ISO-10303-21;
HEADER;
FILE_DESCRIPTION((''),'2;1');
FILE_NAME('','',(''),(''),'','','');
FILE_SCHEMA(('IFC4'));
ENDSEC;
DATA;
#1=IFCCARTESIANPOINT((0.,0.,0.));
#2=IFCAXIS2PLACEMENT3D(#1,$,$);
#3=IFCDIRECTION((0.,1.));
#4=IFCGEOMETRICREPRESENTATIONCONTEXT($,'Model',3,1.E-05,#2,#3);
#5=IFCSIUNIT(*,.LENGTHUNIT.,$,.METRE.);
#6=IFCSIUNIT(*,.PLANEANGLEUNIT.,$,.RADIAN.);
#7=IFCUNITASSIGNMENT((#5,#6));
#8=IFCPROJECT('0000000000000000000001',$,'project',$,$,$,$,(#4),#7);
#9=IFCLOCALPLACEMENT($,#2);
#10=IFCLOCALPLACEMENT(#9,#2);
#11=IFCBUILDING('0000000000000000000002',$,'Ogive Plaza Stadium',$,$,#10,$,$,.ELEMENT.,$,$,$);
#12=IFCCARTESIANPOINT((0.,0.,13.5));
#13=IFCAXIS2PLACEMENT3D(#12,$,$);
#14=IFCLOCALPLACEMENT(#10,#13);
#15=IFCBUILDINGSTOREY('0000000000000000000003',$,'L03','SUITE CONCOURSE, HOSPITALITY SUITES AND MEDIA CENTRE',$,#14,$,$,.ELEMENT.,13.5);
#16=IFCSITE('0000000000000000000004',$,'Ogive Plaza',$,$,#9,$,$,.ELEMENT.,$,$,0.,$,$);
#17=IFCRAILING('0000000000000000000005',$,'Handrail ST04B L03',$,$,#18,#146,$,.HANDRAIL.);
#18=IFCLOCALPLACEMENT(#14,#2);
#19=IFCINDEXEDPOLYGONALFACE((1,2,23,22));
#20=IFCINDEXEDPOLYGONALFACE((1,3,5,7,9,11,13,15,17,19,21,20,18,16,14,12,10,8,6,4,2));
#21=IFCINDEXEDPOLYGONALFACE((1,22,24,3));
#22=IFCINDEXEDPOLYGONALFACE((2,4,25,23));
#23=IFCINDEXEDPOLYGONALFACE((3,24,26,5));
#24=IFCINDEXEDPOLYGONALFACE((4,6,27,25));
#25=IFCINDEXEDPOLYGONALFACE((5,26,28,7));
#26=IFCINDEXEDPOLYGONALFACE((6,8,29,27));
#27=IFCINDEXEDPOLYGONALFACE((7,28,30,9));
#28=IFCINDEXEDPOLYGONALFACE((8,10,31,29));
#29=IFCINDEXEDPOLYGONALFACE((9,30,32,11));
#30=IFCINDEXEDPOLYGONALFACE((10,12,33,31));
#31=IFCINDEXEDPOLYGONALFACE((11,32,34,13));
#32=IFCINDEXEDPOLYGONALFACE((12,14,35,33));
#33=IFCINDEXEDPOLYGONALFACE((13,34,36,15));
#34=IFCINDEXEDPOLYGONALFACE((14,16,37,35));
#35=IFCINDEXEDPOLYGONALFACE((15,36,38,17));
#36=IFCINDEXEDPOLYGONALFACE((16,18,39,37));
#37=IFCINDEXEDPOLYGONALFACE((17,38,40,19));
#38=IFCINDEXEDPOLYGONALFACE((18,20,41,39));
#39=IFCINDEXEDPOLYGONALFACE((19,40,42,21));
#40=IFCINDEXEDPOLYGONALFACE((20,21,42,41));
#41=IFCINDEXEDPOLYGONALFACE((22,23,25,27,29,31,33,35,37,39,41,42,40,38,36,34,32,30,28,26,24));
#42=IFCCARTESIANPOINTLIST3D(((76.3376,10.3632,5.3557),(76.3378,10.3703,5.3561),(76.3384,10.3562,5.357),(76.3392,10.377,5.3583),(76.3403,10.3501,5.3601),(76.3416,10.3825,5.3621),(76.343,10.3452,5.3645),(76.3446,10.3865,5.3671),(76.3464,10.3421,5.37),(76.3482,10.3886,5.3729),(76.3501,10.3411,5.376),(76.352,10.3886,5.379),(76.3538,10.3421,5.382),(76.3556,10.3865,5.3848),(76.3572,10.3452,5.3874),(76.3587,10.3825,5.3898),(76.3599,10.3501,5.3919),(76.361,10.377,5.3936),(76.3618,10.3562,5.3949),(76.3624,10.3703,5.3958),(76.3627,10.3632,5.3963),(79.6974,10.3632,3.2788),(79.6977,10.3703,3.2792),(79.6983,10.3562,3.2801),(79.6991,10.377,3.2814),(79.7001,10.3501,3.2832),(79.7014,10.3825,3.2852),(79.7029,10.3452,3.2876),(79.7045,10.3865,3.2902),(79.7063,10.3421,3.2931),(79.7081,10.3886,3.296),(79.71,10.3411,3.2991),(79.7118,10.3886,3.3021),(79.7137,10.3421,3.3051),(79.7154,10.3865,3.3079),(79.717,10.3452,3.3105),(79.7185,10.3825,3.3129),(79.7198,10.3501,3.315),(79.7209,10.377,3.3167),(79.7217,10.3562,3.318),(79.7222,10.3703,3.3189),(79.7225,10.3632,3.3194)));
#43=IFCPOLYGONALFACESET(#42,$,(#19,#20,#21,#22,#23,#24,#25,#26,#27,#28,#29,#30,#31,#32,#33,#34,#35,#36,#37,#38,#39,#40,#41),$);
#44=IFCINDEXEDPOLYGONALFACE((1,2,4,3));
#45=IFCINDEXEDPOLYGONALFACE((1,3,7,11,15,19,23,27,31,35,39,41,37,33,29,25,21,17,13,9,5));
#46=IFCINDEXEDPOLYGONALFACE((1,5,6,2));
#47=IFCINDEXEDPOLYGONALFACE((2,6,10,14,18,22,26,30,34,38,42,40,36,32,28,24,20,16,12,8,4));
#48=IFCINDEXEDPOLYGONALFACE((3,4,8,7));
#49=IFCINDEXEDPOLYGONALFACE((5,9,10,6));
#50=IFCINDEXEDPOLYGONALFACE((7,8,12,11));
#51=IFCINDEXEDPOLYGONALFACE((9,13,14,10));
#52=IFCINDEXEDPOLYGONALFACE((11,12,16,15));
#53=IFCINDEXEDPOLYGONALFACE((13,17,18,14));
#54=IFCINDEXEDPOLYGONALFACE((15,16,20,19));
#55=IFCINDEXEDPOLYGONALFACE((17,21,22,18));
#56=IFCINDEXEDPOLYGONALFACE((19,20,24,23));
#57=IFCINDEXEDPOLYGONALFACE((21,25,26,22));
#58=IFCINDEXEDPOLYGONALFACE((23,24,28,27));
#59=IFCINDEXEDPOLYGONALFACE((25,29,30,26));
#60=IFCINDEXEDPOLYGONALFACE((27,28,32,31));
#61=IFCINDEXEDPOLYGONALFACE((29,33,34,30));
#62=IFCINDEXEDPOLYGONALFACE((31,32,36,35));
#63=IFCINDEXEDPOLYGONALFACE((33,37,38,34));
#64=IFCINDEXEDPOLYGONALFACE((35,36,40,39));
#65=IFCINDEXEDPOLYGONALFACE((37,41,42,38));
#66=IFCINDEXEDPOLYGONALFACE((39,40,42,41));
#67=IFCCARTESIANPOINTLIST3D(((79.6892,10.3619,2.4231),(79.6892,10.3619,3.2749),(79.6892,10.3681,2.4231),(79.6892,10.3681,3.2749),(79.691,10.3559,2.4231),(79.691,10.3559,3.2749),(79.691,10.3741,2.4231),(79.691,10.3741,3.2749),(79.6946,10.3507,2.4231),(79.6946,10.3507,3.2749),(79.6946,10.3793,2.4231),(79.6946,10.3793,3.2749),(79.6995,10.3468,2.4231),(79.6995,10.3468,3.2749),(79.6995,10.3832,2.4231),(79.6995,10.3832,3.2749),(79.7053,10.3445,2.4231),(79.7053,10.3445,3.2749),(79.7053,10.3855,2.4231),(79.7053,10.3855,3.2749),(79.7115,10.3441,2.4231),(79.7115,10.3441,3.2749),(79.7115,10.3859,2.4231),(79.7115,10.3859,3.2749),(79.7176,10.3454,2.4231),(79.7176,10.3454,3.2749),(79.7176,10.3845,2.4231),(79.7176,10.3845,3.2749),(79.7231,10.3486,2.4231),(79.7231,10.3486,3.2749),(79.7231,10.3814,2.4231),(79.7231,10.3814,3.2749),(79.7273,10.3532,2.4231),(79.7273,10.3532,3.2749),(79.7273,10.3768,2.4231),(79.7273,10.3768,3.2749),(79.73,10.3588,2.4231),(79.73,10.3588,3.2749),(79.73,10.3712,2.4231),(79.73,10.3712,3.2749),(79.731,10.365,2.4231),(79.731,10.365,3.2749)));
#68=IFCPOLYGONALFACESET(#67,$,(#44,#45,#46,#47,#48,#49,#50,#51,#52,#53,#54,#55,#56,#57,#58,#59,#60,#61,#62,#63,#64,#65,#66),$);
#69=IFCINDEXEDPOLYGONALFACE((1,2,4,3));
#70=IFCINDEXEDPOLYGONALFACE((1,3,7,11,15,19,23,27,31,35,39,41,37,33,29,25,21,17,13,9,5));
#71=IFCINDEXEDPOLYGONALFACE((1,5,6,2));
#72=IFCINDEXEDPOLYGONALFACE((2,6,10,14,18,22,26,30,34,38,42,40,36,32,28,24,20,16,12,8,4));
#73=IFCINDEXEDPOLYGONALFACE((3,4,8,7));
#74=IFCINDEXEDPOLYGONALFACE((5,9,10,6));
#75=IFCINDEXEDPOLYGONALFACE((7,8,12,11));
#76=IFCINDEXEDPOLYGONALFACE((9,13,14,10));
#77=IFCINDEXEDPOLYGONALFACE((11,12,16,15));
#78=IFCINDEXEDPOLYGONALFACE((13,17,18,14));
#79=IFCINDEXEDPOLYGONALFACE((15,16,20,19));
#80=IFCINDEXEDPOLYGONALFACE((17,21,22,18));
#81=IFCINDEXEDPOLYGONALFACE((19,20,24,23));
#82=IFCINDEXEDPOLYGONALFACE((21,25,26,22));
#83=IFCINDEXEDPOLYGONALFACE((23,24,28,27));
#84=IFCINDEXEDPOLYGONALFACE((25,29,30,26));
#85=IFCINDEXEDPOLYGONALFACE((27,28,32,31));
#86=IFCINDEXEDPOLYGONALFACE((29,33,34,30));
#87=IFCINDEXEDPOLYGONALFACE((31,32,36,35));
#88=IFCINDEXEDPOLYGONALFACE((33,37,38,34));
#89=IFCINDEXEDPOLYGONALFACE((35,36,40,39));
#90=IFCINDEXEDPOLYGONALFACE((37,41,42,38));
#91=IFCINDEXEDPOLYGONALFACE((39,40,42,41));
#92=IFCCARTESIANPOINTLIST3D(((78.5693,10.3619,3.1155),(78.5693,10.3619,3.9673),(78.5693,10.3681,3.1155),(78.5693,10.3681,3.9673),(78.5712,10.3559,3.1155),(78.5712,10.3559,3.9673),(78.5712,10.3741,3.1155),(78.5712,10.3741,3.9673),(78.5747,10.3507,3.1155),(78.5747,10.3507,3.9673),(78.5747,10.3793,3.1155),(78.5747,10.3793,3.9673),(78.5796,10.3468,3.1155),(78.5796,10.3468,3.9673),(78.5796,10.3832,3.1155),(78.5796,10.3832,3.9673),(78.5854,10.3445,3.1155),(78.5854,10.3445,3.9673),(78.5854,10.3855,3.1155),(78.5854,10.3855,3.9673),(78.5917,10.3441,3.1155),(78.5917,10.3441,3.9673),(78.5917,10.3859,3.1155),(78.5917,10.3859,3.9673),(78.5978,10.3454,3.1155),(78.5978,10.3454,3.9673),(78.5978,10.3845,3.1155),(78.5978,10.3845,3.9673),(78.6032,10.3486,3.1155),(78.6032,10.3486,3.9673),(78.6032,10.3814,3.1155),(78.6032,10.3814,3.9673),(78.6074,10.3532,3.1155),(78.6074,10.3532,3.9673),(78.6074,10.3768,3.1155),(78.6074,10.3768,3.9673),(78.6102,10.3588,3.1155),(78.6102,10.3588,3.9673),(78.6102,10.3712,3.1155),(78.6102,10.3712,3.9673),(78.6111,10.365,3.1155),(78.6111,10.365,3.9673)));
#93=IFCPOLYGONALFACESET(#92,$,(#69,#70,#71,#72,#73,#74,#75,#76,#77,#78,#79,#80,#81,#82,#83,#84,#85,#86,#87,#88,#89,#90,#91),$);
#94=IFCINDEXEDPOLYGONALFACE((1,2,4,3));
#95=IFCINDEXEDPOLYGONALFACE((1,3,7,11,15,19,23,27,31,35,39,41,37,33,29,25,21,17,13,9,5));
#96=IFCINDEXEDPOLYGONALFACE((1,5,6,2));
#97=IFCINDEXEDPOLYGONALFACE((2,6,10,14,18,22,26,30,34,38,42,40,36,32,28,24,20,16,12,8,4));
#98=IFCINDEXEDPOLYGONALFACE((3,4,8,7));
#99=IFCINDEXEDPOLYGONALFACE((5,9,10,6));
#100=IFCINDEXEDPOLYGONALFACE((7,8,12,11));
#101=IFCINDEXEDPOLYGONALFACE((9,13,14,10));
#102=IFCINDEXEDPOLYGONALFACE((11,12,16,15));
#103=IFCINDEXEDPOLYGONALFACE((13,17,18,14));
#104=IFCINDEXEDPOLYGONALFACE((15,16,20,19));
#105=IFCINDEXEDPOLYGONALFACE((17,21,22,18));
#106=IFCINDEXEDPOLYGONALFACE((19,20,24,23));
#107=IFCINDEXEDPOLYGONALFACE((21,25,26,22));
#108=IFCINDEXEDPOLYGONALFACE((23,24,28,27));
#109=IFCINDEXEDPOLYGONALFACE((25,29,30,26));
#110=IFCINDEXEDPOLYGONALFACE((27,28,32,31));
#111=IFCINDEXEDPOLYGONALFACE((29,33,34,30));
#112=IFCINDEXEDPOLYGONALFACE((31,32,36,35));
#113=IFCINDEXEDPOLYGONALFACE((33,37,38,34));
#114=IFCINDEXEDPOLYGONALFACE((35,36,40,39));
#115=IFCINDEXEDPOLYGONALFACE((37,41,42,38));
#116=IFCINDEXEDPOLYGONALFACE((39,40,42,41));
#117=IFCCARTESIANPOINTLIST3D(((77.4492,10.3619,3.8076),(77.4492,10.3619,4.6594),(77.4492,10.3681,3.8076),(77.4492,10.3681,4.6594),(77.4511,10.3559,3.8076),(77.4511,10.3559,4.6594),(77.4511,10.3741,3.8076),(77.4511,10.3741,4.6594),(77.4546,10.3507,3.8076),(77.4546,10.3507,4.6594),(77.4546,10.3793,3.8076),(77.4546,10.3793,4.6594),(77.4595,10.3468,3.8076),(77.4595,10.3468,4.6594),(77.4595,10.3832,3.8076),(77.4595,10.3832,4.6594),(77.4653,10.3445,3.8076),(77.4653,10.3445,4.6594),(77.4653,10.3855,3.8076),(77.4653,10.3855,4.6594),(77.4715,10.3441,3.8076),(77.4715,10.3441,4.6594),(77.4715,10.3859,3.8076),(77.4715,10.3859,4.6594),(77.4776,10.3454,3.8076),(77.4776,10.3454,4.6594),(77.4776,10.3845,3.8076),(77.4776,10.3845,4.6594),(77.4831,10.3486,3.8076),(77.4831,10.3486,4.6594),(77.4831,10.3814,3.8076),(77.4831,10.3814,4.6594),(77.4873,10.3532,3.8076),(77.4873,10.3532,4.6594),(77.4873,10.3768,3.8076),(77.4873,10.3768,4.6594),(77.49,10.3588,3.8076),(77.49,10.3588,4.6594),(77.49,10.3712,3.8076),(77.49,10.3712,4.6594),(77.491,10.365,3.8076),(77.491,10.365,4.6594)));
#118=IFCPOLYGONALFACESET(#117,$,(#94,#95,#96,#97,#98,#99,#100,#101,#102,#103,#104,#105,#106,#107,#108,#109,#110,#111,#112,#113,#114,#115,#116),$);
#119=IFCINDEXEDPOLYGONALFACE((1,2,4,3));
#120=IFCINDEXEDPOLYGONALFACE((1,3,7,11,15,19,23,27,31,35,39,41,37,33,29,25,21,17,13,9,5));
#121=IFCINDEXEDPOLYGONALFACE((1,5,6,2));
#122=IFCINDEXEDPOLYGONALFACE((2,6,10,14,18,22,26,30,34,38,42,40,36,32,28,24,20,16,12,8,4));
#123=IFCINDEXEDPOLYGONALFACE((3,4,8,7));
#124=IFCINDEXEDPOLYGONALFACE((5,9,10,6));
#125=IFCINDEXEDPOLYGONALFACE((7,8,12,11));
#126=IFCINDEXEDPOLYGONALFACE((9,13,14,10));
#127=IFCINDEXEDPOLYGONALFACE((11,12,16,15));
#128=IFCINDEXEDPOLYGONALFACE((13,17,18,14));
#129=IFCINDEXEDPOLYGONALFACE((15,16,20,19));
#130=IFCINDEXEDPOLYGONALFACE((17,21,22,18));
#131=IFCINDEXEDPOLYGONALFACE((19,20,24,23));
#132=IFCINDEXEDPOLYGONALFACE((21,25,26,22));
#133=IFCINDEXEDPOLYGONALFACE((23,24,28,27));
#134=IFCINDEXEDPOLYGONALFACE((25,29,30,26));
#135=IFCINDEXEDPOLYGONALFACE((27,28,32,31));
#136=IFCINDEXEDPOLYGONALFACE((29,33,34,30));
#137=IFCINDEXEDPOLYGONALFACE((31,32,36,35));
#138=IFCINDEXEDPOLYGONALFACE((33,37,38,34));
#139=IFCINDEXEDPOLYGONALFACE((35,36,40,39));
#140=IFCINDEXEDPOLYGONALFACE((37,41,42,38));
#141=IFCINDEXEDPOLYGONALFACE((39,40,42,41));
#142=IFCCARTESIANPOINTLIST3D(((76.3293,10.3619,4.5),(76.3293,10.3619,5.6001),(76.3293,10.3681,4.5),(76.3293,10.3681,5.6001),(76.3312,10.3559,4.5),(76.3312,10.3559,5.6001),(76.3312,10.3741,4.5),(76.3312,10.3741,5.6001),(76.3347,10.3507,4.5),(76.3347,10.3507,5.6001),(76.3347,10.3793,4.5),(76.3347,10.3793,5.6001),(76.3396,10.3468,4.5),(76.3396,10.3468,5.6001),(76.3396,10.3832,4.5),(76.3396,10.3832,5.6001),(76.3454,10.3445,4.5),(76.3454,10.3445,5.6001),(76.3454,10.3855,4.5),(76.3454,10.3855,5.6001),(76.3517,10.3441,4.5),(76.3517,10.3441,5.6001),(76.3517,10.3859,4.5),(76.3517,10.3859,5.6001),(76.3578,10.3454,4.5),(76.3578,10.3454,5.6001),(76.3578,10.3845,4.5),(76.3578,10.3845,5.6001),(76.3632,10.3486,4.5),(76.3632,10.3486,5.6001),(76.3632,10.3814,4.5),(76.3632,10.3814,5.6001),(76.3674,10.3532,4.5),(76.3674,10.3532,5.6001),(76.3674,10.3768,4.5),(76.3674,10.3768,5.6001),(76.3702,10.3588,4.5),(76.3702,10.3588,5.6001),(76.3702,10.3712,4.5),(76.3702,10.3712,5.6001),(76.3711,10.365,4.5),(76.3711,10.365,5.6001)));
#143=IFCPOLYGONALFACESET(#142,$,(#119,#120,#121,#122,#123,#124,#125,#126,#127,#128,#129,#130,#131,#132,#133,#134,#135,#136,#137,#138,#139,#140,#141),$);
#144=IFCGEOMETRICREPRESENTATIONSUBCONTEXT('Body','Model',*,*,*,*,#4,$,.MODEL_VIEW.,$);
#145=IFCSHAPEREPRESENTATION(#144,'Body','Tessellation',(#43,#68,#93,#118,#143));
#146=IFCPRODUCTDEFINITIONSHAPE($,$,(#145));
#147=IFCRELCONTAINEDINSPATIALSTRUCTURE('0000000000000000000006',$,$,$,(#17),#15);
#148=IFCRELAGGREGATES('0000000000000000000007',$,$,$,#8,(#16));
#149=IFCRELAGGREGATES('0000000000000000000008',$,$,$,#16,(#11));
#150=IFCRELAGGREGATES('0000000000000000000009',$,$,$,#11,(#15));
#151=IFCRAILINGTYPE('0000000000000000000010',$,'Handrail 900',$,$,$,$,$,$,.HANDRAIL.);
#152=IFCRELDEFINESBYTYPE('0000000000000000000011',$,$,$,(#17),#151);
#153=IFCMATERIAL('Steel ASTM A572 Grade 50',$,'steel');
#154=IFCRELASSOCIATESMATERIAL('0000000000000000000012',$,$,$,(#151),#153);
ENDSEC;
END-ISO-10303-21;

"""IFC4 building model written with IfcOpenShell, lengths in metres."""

from ifc_helpers import new_model, si_unit, direction, frame, origin, origin_2d, place, context, subcontext, project, spatial, circle, extrude, material, type_object, element, save


model = new_model("IFC4")

# Units and contexts
model_context = context("Model", 3, precision=1e-05, world=origin(), true_north=direction((0.0, 1.0)))
body_context = subcontext(model_context, "Body", "Model", "MODEL_VIEW")
ifc_project = project(units=[si_unit("LENGTHUNIT", "METRE"), si_unit("PLANEANGLEUNIT", "RADIAN")], contexts=[model_context])

# Site, building, storey
site_placement = place(None, origin())
site = spatial("IfcSite", under=ifc_project, at=site_placement, Name="Ogive Plaza", CompositionType="ELEMENT", RefElevation=0.0)
building_placement = place(site_placement, origin())
building = spatial("IfcBuilding", under=site, at=building_placement, Name="Ogive Plaza Stadium", CompositionType="ELEMENT")
storey_placement = place(building_placement, frame((0.0, 0.0, 13.5)))
storey = spatial("IfcBuildingStorey", under=building, at=storey_placement, Name="L03", Description="SUITE CONCOURSE, HOSPITALITY SUITES AND MEDIA CENTRE", CompositionType="ELEMENT", Elevation=13.5)

# Railing
ifc_material_1 = material(Name="Steel ASTM A572 Grade 50", Category="steel")
railing_type_1 = type_object("IfcRailingType", Name="Handrail 900", PredefinedType="HANDRAIL", material=ifc_material_1)
for number, where, name in (
    (1, (79.71, 10.365, 2.4231), "Handrail ST04B L03"),
):
    element("IfcRailing", number, at=place(storey_placement, frame(where)), inside=storey, type_object=railing_type_1, Name=name, PredefinedType="HANDRAIL", context=body_context, shape_type="SweptSolid", body=[
        extrude(circle(Radius=0.0239, at=origin_2d()), frame((0.0, 0.0, 0.876), z_axis=(-0.850606, 0.0, 0.525803), x_axis=(0.0, -1.0, 0.0)), (0.0, 0.0, 1.0), 3.95),
        extrude(circle(Radius=0.021, at=origin_2d()), origin(), (0.0, 0.0, 1.0), 0.8518),
        extrude(circle(Radius=0.021, at=origin_2d()), frame((-1.1199, 0.0, 0.6924)), (0.0, 0.0, 1.0), 0.8518),
        extrude(circle(Radius=0.021, at=origin_2d()), frame((-2.24, 0.0, 1.3845)), (0.0, 0.0, 1.0), 0.8518),
        extrude(circle(Radius=0.021, at=origin_2d()), frame((-3.3599, 0.0, 2.0769)), (0.0, 0.0, 1.0), 1.1001),
    ])

save(model, "model.ifc")
